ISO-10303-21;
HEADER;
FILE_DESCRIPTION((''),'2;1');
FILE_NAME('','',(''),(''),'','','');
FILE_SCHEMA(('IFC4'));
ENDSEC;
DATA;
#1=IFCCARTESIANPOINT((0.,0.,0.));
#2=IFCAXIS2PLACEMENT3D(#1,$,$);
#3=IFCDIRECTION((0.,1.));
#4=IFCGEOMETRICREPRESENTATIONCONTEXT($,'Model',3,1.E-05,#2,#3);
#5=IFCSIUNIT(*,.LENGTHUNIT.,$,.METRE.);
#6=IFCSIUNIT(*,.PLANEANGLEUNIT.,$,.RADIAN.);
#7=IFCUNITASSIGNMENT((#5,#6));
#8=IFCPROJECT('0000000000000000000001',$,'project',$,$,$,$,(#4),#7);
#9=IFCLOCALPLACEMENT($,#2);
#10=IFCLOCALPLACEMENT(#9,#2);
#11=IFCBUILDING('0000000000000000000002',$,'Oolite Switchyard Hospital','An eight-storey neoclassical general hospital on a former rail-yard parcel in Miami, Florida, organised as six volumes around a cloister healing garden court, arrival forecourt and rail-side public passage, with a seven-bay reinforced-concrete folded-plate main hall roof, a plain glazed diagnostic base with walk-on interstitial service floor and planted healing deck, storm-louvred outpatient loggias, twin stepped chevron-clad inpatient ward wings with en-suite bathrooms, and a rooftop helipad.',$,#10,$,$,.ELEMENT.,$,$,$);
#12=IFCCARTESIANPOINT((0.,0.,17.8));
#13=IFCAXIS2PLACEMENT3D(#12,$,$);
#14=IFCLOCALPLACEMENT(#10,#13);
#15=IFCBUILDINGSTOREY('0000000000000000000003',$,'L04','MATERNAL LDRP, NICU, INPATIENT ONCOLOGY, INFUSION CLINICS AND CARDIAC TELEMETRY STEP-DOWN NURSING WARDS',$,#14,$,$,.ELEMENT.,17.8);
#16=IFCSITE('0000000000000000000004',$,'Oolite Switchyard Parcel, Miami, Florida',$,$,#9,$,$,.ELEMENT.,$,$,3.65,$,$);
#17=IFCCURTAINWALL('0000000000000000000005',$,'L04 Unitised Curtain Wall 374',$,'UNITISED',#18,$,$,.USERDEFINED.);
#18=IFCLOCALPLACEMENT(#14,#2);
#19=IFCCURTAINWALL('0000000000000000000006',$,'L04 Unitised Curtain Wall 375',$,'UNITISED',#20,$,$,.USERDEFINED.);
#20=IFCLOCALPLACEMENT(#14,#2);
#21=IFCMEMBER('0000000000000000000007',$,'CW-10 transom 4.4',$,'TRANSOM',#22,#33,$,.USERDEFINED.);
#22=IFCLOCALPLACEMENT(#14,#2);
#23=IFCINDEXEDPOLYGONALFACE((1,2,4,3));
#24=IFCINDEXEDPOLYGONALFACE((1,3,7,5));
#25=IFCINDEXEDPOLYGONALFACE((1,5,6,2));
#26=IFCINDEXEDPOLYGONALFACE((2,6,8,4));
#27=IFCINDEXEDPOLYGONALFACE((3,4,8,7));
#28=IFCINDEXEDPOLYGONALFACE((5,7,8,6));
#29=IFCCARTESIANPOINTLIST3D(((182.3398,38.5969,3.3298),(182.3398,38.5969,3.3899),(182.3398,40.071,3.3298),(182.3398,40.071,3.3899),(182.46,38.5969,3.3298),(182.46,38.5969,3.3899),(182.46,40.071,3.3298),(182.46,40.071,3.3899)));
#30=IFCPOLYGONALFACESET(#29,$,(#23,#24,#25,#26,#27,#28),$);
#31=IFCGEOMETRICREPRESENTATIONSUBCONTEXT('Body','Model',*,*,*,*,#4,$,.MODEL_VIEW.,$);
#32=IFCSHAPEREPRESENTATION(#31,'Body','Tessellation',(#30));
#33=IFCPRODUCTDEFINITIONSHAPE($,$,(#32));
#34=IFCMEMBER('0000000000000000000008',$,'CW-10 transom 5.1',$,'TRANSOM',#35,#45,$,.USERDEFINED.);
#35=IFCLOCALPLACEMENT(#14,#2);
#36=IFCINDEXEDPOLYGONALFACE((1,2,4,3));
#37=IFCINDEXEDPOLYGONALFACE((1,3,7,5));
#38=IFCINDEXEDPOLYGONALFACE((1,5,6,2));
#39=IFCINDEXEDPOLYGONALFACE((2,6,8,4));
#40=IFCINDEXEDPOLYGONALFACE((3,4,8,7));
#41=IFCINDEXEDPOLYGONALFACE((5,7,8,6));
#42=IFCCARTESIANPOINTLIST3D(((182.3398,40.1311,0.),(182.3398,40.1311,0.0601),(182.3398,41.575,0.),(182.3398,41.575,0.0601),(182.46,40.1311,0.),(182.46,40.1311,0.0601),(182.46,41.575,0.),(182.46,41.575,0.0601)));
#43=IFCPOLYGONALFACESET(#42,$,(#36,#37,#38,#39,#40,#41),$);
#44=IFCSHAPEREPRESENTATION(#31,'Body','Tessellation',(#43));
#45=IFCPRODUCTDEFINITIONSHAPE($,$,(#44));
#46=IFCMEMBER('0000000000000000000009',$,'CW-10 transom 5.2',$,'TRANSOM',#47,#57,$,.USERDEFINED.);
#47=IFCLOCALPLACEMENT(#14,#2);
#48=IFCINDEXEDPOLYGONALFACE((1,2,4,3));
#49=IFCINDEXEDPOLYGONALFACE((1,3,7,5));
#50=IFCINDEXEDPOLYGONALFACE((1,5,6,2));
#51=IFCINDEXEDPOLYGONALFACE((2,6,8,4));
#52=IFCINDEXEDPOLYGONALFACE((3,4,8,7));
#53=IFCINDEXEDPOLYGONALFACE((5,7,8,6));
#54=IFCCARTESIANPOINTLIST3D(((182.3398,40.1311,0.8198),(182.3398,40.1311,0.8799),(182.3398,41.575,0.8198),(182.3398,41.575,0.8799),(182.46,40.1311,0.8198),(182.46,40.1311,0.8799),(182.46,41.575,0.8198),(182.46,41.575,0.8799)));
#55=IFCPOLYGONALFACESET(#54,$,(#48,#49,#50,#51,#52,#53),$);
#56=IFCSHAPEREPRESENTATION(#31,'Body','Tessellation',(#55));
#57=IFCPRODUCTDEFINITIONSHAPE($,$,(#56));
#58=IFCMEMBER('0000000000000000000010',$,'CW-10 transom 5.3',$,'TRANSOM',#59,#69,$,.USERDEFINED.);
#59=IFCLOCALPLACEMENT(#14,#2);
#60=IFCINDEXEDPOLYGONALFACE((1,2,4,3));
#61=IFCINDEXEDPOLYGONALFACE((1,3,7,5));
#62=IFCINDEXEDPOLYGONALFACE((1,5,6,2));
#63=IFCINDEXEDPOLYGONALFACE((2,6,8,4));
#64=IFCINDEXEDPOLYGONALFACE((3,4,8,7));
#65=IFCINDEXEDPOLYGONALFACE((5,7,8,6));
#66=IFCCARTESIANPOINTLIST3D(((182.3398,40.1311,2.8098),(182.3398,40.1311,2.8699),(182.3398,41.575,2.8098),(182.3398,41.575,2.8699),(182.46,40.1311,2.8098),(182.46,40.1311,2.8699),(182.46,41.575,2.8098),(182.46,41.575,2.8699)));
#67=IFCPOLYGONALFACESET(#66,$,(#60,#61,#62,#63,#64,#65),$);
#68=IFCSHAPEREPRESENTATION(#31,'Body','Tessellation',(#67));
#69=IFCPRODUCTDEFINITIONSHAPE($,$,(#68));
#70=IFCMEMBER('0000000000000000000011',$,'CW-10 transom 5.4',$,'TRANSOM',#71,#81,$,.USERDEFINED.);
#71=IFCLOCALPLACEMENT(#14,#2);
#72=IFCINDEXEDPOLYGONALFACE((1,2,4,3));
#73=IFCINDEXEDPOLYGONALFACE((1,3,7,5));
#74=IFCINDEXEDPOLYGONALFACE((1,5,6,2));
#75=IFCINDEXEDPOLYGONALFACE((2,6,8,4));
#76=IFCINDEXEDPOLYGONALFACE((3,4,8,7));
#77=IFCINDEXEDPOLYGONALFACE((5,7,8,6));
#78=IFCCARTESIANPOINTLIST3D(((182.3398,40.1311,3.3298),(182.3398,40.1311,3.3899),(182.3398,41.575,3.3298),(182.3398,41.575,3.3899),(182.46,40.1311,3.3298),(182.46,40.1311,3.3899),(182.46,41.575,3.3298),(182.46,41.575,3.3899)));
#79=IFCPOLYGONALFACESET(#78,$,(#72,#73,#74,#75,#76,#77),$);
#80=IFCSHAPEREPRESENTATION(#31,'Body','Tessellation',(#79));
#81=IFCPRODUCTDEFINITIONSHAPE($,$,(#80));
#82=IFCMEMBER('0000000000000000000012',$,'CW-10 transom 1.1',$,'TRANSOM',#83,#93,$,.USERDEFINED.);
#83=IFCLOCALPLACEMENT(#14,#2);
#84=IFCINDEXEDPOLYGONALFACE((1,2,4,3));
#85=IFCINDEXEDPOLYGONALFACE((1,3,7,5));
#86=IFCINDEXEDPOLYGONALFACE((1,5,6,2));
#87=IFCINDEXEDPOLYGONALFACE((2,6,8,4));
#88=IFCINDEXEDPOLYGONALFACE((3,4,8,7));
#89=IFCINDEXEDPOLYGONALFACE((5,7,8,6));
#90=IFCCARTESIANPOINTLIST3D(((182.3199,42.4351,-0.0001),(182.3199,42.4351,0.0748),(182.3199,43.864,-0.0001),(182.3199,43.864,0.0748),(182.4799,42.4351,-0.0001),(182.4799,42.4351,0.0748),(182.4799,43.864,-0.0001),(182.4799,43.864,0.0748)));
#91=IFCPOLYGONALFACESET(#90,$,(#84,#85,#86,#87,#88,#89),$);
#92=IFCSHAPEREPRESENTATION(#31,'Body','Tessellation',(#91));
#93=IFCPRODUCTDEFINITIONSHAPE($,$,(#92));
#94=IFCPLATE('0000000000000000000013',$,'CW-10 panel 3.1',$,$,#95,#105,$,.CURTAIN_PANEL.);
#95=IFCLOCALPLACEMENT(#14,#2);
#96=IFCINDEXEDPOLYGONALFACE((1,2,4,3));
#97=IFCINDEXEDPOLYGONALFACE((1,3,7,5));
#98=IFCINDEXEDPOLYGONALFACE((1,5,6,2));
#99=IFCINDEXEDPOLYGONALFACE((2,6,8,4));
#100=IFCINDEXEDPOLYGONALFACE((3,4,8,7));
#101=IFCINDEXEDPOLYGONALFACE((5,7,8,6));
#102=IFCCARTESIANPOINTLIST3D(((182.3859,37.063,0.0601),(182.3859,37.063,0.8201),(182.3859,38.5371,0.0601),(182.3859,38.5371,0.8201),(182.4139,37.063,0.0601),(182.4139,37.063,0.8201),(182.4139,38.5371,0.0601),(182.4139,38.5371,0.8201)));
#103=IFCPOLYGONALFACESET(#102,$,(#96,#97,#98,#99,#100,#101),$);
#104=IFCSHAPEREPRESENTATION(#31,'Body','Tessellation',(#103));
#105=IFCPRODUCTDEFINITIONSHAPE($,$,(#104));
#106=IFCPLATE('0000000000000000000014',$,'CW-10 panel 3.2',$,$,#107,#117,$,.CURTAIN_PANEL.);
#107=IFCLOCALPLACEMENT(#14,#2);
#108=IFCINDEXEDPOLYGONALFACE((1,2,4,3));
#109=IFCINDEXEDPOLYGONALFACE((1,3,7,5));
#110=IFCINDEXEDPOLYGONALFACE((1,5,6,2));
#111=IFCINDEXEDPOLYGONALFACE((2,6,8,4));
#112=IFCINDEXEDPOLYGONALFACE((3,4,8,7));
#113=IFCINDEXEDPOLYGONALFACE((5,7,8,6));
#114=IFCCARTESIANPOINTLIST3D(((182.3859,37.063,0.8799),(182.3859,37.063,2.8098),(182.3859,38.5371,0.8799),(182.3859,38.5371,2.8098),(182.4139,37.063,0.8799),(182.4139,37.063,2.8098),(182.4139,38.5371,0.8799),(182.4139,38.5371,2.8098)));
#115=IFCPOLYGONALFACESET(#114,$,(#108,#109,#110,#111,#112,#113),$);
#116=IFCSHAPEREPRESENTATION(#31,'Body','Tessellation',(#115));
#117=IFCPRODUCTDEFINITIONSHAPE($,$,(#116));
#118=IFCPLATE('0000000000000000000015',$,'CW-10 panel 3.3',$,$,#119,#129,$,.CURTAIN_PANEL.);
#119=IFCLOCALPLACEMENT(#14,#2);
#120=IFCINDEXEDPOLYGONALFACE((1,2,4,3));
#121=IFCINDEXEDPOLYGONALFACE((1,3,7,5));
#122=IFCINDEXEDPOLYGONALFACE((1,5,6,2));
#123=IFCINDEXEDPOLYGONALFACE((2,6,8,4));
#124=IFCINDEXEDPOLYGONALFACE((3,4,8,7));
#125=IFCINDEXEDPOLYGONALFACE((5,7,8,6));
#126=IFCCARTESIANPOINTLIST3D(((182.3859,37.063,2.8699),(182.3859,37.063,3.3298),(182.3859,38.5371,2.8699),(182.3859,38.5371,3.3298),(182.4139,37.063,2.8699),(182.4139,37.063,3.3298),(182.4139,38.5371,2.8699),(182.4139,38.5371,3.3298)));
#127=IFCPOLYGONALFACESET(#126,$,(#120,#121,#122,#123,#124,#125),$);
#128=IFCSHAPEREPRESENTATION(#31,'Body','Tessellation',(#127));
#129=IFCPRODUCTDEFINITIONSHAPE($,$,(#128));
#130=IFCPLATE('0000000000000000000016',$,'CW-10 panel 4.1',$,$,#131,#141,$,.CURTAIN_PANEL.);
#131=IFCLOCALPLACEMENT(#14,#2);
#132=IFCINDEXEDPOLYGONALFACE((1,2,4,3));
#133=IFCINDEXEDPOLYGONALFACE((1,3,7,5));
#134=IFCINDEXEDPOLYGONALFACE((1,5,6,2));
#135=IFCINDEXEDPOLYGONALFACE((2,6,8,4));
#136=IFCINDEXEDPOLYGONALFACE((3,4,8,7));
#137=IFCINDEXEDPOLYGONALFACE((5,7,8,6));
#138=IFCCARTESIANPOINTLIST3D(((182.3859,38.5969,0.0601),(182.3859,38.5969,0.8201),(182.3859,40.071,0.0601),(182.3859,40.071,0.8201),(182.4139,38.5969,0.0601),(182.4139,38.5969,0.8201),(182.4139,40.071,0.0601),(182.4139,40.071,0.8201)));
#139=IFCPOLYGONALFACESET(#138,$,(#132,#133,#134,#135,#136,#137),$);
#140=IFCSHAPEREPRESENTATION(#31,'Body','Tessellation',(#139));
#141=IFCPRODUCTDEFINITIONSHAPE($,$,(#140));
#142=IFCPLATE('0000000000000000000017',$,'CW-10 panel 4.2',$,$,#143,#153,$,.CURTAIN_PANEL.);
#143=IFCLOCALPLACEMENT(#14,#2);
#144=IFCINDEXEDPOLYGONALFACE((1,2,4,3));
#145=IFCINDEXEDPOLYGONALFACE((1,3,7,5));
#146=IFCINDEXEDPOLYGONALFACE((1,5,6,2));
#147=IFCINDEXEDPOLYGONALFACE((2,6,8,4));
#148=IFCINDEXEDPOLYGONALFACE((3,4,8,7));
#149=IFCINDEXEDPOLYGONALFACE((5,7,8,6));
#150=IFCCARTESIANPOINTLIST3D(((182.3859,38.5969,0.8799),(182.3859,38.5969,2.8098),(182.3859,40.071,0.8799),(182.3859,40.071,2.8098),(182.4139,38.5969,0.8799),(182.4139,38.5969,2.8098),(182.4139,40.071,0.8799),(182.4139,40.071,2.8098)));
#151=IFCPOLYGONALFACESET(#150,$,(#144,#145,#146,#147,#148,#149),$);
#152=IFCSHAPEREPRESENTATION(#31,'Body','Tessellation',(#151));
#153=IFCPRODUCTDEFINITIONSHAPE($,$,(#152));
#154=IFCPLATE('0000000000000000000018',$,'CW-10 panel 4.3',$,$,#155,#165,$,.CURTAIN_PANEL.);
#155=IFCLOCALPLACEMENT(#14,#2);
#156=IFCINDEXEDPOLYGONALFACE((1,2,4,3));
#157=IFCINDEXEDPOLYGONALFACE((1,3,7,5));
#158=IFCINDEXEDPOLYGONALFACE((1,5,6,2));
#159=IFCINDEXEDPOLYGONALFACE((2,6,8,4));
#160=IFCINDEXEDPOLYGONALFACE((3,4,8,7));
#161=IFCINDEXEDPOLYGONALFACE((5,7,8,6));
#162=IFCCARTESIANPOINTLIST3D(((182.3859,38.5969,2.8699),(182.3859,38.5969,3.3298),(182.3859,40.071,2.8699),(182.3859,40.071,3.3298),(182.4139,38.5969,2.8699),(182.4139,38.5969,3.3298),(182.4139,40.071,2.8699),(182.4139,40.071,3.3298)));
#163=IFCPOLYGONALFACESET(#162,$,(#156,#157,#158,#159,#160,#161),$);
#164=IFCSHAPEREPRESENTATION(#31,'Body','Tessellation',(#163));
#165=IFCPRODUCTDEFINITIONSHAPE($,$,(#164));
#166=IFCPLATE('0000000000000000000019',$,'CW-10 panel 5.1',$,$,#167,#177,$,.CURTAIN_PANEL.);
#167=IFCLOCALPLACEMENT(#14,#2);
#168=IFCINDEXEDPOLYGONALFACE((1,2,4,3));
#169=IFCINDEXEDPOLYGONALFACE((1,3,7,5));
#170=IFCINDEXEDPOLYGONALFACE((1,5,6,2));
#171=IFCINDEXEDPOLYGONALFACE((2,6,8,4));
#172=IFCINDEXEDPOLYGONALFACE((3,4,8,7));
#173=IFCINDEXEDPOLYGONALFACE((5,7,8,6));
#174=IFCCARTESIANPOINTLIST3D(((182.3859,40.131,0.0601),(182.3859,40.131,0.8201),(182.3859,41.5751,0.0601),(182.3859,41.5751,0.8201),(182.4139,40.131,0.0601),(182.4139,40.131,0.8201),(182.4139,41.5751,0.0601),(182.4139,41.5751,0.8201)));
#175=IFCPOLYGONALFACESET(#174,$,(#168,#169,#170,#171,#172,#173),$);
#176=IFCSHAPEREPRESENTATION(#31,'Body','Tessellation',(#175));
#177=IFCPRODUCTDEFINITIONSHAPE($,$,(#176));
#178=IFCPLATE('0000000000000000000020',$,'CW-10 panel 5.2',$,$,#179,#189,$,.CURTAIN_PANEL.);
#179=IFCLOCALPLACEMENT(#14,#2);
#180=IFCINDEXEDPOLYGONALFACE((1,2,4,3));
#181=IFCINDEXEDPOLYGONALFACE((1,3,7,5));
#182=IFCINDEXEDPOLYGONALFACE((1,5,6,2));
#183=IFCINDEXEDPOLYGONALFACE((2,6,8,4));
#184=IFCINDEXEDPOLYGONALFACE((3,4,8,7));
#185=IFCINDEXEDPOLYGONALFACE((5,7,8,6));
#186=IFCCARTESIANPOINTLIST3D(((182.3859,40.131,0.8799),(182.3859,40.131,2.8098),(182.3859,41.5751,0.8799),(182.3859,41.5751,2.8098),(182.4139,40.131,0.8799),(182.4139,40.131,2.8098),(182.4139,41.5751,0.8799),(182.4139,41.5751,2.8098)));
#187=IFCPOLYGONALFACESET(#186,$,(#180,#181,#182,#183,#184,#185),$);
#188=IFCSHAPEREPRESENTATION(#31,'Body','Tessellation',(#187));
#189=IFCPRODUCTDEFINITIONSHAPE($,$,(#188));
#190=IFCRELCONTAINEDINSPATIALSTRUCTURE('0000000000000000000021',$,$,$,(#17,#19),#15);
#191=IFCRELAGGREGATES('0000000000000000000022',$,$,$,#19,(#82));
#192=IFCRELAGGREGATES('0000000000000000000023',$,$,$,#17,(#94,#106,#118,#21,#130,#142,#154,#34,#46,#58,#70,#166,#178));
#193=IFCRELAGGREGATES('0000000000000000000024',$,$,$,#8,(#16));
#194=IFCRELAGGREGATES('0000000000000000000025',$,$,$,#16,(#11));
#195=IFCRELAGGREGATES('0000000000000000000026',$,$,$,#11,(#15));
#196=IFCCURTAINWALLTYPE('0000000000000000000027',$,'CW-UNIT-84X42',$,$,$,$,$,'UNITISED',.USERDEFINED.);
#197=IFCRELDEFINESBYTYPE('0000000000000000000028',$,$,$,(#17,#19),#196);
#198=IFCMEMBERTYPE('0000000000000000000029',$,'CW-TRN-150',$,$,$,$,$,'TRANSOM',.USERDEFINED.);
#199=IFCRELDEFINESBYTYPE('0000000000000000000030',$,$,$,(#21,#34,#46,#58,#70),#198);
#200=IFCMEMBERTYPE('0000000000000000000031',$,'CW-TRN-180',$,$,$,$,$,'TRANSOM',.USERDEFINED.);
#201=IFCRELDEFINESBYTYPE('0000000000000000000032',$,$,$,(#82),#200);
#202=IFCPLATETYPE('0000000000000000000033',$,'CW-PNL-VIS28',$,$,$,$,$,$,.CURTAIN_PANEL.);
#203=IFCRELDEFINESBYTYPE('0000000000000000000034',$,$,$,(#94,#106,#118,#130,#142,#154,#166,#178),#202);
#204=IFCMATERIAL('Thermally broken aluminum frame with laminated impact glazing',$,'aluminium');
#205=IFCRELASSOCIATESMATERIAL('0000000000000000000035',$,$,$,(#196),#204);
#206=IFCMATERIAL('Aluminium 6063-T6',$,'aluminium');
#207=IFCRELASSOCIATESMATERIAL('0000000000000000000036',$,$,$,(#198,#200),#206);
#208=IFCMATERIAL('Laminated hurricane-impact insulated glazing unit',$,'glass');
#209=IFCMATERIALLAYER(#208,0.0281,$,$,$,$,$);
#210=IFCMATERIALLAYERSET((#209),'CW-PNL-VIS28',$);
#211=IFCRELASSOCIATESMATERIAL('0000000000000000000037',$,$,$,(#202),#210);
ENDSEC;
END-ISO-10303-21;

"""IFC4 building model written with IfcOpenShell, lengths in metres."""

from ifc_helpers import new_model, si_unit, direction, frame, origin, origin_2d, place, context, subcontext, project, spatial, rectangle, extrude, material, layer, layer_set, material_profile, profile_set, type_object, element, aggregate, save


model = new_model("IFC4")

# Units and contexts
model_context = context("Model", 3, precision=1e-05, world=origin(), true_north=direction((0.0, 1.0)))
body_context = subcontext(model_context, "Body", "Model", "MODEL_VIEW")
ifc_project = project(units=[si_unit("LENGTHUNIT", "METRE"), si_unit("PLANEANGLEUNIT", "RADIAN")], contexts=[model_context])

# Site, building, storey
site_placement = place(None, origin())
site = spatial("IfcSite", under=ifc_project, at=site_placement, Name="Oolite Switchyard Parcel, Miami, Florida", CompositionType="ELEMENT", RefElevation=3.65)
building_placement = place(site_placement, origin())
building = spatial("IfcBuilding", under=site, at=building_placement, Name="Oolite Switchyard Hospital", Description="An eight-storey neoclassical general hospital on a former rail-yard parcel in Miami, Florida, organised as six volumes around a cloister healing garden court, arrival forecourt and rail-side public passage, with a seven-bay reinforced-concrete folded-plate main hall roof, a plain glazed diagnostic base with walk-on interstitial service floor and planted healing deck, storm-louvred outpatient loggias, twin stepped chevron-clad inpatient ward wings with en-suite bathrooms, and a rooftop helipad.", CompositionType="ELEMENT")
storey_placement = place(building_placement, frame((0.0, 0.0, 17.8)))
storey = spatial("IfcBuildingStorey", under=building, at=storey_placement, Name="L04", Description="MATERNAL LDRP, NICU, INPATIENT ONCOLOGY, INFUSION CLINICS AND CARDIAC TELEMETRY STEP-DOWN NURSING WARDS", CompositionType="ELEMENT", Elevation=17.8)

# Curtain wall
ifc_material_1 = material(Name="Thermally broken aluminum frame with laminated impact glazing", Category="aluminium")
curtain_wall_type = type_object("IfcCurtainWallType", Name="CW-UNIT-84X42", ElementType="UNITISED", PredefinedType="USERDEFINED", material=ifc_material_1)
curtain_wall_1_placement = place(storey_placement, origin())
curtain_wall_1 = element("IfcCurtainWall", 1, at=curtain_wall_1_placement, inside=storey, type_object=curtain_wall_type, Name="L04 Unitised Curtain Wall 374", ObjectType="UNITISED", PredefinedType="USERDEFINED")
ifc_material_2 = material(Name="Aluminium 6063-T6", Category="aluminium")

# Curtain wall
curtain_wall_2_placement = place(storey_placement, origin())
curtain_wall_2 = element("IfcCurtainWall", 2, at=curtain_wall_2_placement, inside=storey, type_object=curtain_wall_type, Name="L04 Unitised Curtain Wall 375", ObjectType="UNITISED", PredefinedType="USERDEFINED")

# Members
ifc_material_profile_1 = material_profile(ifc_material_2, rectangle(XDim=0.1201, YDim=0.0601, at=origin_2d()), Name="CWT60X120")
ifc_profile_set_1 = profile_set([ifc_material_profile_1], Name="Aluminium 6063-T6")
member_type_1 = type_object("IfcMemberType", Name="CW-TRN-150", ElementType="TRANSOM", PredefinedType="USERDEFINED", material=ifc_profile_set_1)
member_1_placement = place(storey_placement, frame((182.3999, 38.5969, 3.3599), z_axis=(0.0, 1.0, 0.0), x_axis=(-1.0, 0.0, 0.0)))
member_1 = element("IfcMember", 3, at=member_1_placement, type_object=member_type_1, Name="CW-10 transom 4.4", ObjectType="TRANSOM", PredefinedType="USERDEFINED", context=body_context, shape_type="SweptSolid", body=[
    extrude(rectangle(XDim=0.1201, YDim=0.0601, at=origin_2d()), origin(), (0.0, 0.0, 1.0), 1.4741),
])
member_2_placement = place(storey_placement, frame((182.3999, 40.1311, 0.03), z_axis=(0.0, 1.0, 0.0), x_axis=(-1.0, 0.0, 0.0)))
member_2 = element("IfcMember", 4, at=member_2_placement, type_object=member_type_1, Name="CW-10 transom 5.1", ObjectType="TRANSOM", PredefinedType="USERDEFINED", context=body_context, shape_type="SweptSolid", body=[
    extrude(rectangle(XDim=0.1201, YDim=0.0601, at=origin_2d()), origin(), (0.0, 0.0, 1.0), 1.4438),
])
member_3_placement = place(storey_placement, frame((182.3999, 40.1311, 0.8499), z_axis=(0.0, 1.0, 0.0), x_axis=(-1.0, 0.0, 0.0)))
member_3 = element("IfcMember", 5, at=member_3_placement, type_object=member_type_1, Name="CW-10 transom 5.2", ObjectType="TRANSOM", PredefinedType="USERDEFINED", context=body_context, shape_type="SweptSolid", body=[
    extrude(rectangle(XDim=0.1201, YDim=0.0601, at=origin_2d()), origin(), (0.0, 0.0, 1.0), 1.4438),
])
member_4_placement = place(storey_placement, frame((182.3999, 40.1311, 2.8398), z_axis=(0.0, 1.0, 0.0), x_axis=(-1.0, 0.0, 0.0)))
member_4 = element("IfcMember", 6, at=member_4_placement, type_object=member_type_1, Name="CW-10 transom 5.3", ObjectType="TRANSOM", PredefinedType="USERDEFINED", context=body_context, shape_type="SweptSolid", body=[
    extrude(rectangle(XDim=0.1201, YDim=0.0601, at=origin_2d()), origin(), (0.0, 0.0, 1.0), 1.4438),
])
member_5_placement = place(storey_placement, frame((182.3999, 40.1311, 3.3599), z_axis=(0.0, 1.0, 0.0), x_axis=(-1.0, 0.0, 0.0)))
member_5 = element("IfcMember", 7, at=member_5_placement, type_object=member_type_1, Name="CW-10 transom 5.4", ObjectType="TRANSOM", PredefinedType="USERDEFINED", context=body_context, shape_type="SweptSolid", body=[
    extrude(rectangle(XDim=0.1201, YDim=0.0601, at=origin_2d()), origin(), (0.0, 0.0, 1.0), 1.4438),
])
ifc_material_profile_2 = material_profile(ifc_material_2, rectangle(XDim=0.1599, YDim=0.075, at=origin_2d()), Name="CWT75X160")
ifc_profile_set_2 = profile_set([ifc_material_profile_2], Name="Aluminium 6063-T6")
member_type_2 = type_object("IfcMemberType", Name="CW-TRN-180", ElementType="TRANSOM", PredefinedType="USERDEFINED", material=ifc_profile_set_2)
member_6_placement = place(storey_placement, frame((182.3999, 42.4351, 0.0374), z_axis=(0.0, 1.0, 0.0), x_axis=(-1.0, 0.0, 0.0)))
member_6 = element("IfcMember", 8, at=member_6_placement, type_object=member_type_2, Name="CW-10 transom 1.1", ObjectType="TRANSOM", PredefinedType="USERDEFINED", context=body_context, shape_type="SweptSolid", body=[
    extrude(rectangle(XDim=0.1599, YDim=0.075, at=origin_2d()), origin(), (0.0, 0.0, 1.0), 1.429),
])
aggregate(curtain_wall_2, [member_6])

# Plates
ifc_material_3 = material(Name="Laminated hurricane-impact insulated glazing unit", Category="glass")
ifc_layer = layer(ifc_material_3, 0.0281)
ifc_layer_set = layer_set([ifc_layer], Name="CW-PNL-VIS28")
plate_type = type_object("IfcPlateType", Name="CW-PNL-VIS28", PredefinedType="CURTAIN_PANEL", material=ifc_layer_set)
plate_1_placement = place(storey_placement, frame((182.3999, 37.8, 0.0601), z_axis=(0.0, 0.0, 1.0), x_axis=(0.0, 1.0, 0.0)))
plate_1 = element("IfcPlate", 9, at=plate_1_placement, type_object=plate_type, Name="CW-10 panel 3.1", PredefinedType="CURTAIN_PANEL", context=body_context, shape_type="SweptSolid", body=[
    extrude(rectangle(XDim=1.4741, YDim=0.0281, at=origin_2d()), origin(), (0.0, 0.0, 1.0), 0.76),
])
plate_2_placement = place(storey_placement, frame((182.3999, 37.8, 0.8799), z_axis=(0.0, 0.0, 1.0), x_axis=(0.0, 1.0, 0.0)))
plate_2 = element("IfcPlate", 10, at=plate_2_placement, type_object=plate_type, Name="CW-10 panel 3.2", PredefinedType="CURTAIN_PANEL", context=body_context, shape_type="SweptSolid", body=[
    extrude(rectangle(XDim=1.4741, YDim=0.0281, at=origin_2d()), origin(), (0.0, 0.0, 1.0), 1.9299),
])
plate_3_placement = place(storey_placement, frame((182.3999, 37.8, 2.8699), z_axis=(0.0, 0.0, 1.0), x_axis=(0.0, 1.0, 0.0)))
plate_3 = element("IfcPlate", 11, at=plate_3_placement, type_object=plate_type, Name="CW-10 panel 3.3", PredefinedType="CURTAIN_PANEL", context=body_context, shape_type="SweptSolid", body=[
    extrude(rectangle(XDim=1.4741, YDim=0.0281, at=origin_2d()), origin(), (0.0, 0.0, 1.0), 0.46),
])
plate_4_placement = place(storey_placement, frame((182.3999, 39.334, 0.0601), z_axis=(0.0, 0.0, 1.0), x_axis=(0.0, 1.0, 0.0)))
plate_4 = element("IfcPlate", 12, at=plate_4_placement, type_object=plate_type, Name="CW-10 panel 4.1", PredefinedType="CURTAIN_PANEL", context=body_context, shape_type="SweptSolid", body=[
    extrude(rectangle(XDim=1.4741, YDim=0.0281, at=origin_2d()), origin(), (0.0, 0.0, 1.0), 0.76),
])
plate_5_placement = place(storey_placement, frame((182.3999, 39.334, 0.8799), z_axis=(0.0, 0.0, 1.0), x_axis=(0.0, 1.0, 0.0)))
plate_5 = element("IfcPlate", 13, at=plate_5_placement, type_object=plate_type, Name="CW-10 panel 4.2", PredefinedType="CURTAIN_PANEL", context=body_context, shape_type="SweptSolid", body=[
    extrude(rectangle(XDim=1.4741, YDim=0.0281, at=origin_2d()), origin(), (0.0, 0.0, 1.0), 1.9299),
])
plate_6_placement = place(storey_placement, frame((182.3999, 39.334, 2.8699), z_axis=(0.0, 0.0, 1.0), x_axis=(0.0, 1.0, 0.0)))
plate_6 = element("IfcPlate", 14, at=plate_6_placement, type_object=plate_type, Name="CW-10 panel 4.3", PredefinedType="CURTAIN_PANEL", context=body_context, shape_type="SweptSolid", body=[
    extrude(rectangle(XDim=1.4741, YDim=0.0281, at=origin_2d()), origin(), (0.0, 0.0, 1.0), 0.46),
])
plate_7_placement = place(storey_placement, frame((182.3999, 40.853, 0.0601), z_axis=(0.0, 0.0, 1.0), x_axis=(0.0, 1.0, 0.0)))
plate_7 = element("IfcPlate", 15, at=plate_7_placement, type_object=plate_type, Name="CW-10 panel 5.1", PredefinedType="CURTAIN_PANEL", context=body_context, shape_type="SweptSolid", body=[
    extrude(rectangle(XDim=1.4441, YDim=0.0281, at=origin_2d()), origin(), (0.0, 0.0, 1.0), 0.76),
])
plate_8_placement = place(storey_placement, frame((182.3999, 40.853, 0.8799), z_axis=(0.0, 0.0, 1.0), x_axis=(0.0, 1.0, 0.0)))
plate_8 = element("IfcPlate", 16, at=plate_8_placement, type_object=plate_type, Name="CW-10 panel 5.2", PredefinedType="CURTAIN_PANEL", context=body_context, shape_type="SweptSolid", body=[
    extrude(rectangle(XDim=1.4441, YDim=0.0281, at=origin_2d()), origin(), (0.0, 0.0, 1.0), 1.9299),
])
aggregate(curtain_wall_1, [plate_1, plate_2, plate_3, member_1, plate_4, plate_5, plate_6, member_2, member_3, member_4, member_5, plate_7, plate_8])

save(model, "model.ifc")
